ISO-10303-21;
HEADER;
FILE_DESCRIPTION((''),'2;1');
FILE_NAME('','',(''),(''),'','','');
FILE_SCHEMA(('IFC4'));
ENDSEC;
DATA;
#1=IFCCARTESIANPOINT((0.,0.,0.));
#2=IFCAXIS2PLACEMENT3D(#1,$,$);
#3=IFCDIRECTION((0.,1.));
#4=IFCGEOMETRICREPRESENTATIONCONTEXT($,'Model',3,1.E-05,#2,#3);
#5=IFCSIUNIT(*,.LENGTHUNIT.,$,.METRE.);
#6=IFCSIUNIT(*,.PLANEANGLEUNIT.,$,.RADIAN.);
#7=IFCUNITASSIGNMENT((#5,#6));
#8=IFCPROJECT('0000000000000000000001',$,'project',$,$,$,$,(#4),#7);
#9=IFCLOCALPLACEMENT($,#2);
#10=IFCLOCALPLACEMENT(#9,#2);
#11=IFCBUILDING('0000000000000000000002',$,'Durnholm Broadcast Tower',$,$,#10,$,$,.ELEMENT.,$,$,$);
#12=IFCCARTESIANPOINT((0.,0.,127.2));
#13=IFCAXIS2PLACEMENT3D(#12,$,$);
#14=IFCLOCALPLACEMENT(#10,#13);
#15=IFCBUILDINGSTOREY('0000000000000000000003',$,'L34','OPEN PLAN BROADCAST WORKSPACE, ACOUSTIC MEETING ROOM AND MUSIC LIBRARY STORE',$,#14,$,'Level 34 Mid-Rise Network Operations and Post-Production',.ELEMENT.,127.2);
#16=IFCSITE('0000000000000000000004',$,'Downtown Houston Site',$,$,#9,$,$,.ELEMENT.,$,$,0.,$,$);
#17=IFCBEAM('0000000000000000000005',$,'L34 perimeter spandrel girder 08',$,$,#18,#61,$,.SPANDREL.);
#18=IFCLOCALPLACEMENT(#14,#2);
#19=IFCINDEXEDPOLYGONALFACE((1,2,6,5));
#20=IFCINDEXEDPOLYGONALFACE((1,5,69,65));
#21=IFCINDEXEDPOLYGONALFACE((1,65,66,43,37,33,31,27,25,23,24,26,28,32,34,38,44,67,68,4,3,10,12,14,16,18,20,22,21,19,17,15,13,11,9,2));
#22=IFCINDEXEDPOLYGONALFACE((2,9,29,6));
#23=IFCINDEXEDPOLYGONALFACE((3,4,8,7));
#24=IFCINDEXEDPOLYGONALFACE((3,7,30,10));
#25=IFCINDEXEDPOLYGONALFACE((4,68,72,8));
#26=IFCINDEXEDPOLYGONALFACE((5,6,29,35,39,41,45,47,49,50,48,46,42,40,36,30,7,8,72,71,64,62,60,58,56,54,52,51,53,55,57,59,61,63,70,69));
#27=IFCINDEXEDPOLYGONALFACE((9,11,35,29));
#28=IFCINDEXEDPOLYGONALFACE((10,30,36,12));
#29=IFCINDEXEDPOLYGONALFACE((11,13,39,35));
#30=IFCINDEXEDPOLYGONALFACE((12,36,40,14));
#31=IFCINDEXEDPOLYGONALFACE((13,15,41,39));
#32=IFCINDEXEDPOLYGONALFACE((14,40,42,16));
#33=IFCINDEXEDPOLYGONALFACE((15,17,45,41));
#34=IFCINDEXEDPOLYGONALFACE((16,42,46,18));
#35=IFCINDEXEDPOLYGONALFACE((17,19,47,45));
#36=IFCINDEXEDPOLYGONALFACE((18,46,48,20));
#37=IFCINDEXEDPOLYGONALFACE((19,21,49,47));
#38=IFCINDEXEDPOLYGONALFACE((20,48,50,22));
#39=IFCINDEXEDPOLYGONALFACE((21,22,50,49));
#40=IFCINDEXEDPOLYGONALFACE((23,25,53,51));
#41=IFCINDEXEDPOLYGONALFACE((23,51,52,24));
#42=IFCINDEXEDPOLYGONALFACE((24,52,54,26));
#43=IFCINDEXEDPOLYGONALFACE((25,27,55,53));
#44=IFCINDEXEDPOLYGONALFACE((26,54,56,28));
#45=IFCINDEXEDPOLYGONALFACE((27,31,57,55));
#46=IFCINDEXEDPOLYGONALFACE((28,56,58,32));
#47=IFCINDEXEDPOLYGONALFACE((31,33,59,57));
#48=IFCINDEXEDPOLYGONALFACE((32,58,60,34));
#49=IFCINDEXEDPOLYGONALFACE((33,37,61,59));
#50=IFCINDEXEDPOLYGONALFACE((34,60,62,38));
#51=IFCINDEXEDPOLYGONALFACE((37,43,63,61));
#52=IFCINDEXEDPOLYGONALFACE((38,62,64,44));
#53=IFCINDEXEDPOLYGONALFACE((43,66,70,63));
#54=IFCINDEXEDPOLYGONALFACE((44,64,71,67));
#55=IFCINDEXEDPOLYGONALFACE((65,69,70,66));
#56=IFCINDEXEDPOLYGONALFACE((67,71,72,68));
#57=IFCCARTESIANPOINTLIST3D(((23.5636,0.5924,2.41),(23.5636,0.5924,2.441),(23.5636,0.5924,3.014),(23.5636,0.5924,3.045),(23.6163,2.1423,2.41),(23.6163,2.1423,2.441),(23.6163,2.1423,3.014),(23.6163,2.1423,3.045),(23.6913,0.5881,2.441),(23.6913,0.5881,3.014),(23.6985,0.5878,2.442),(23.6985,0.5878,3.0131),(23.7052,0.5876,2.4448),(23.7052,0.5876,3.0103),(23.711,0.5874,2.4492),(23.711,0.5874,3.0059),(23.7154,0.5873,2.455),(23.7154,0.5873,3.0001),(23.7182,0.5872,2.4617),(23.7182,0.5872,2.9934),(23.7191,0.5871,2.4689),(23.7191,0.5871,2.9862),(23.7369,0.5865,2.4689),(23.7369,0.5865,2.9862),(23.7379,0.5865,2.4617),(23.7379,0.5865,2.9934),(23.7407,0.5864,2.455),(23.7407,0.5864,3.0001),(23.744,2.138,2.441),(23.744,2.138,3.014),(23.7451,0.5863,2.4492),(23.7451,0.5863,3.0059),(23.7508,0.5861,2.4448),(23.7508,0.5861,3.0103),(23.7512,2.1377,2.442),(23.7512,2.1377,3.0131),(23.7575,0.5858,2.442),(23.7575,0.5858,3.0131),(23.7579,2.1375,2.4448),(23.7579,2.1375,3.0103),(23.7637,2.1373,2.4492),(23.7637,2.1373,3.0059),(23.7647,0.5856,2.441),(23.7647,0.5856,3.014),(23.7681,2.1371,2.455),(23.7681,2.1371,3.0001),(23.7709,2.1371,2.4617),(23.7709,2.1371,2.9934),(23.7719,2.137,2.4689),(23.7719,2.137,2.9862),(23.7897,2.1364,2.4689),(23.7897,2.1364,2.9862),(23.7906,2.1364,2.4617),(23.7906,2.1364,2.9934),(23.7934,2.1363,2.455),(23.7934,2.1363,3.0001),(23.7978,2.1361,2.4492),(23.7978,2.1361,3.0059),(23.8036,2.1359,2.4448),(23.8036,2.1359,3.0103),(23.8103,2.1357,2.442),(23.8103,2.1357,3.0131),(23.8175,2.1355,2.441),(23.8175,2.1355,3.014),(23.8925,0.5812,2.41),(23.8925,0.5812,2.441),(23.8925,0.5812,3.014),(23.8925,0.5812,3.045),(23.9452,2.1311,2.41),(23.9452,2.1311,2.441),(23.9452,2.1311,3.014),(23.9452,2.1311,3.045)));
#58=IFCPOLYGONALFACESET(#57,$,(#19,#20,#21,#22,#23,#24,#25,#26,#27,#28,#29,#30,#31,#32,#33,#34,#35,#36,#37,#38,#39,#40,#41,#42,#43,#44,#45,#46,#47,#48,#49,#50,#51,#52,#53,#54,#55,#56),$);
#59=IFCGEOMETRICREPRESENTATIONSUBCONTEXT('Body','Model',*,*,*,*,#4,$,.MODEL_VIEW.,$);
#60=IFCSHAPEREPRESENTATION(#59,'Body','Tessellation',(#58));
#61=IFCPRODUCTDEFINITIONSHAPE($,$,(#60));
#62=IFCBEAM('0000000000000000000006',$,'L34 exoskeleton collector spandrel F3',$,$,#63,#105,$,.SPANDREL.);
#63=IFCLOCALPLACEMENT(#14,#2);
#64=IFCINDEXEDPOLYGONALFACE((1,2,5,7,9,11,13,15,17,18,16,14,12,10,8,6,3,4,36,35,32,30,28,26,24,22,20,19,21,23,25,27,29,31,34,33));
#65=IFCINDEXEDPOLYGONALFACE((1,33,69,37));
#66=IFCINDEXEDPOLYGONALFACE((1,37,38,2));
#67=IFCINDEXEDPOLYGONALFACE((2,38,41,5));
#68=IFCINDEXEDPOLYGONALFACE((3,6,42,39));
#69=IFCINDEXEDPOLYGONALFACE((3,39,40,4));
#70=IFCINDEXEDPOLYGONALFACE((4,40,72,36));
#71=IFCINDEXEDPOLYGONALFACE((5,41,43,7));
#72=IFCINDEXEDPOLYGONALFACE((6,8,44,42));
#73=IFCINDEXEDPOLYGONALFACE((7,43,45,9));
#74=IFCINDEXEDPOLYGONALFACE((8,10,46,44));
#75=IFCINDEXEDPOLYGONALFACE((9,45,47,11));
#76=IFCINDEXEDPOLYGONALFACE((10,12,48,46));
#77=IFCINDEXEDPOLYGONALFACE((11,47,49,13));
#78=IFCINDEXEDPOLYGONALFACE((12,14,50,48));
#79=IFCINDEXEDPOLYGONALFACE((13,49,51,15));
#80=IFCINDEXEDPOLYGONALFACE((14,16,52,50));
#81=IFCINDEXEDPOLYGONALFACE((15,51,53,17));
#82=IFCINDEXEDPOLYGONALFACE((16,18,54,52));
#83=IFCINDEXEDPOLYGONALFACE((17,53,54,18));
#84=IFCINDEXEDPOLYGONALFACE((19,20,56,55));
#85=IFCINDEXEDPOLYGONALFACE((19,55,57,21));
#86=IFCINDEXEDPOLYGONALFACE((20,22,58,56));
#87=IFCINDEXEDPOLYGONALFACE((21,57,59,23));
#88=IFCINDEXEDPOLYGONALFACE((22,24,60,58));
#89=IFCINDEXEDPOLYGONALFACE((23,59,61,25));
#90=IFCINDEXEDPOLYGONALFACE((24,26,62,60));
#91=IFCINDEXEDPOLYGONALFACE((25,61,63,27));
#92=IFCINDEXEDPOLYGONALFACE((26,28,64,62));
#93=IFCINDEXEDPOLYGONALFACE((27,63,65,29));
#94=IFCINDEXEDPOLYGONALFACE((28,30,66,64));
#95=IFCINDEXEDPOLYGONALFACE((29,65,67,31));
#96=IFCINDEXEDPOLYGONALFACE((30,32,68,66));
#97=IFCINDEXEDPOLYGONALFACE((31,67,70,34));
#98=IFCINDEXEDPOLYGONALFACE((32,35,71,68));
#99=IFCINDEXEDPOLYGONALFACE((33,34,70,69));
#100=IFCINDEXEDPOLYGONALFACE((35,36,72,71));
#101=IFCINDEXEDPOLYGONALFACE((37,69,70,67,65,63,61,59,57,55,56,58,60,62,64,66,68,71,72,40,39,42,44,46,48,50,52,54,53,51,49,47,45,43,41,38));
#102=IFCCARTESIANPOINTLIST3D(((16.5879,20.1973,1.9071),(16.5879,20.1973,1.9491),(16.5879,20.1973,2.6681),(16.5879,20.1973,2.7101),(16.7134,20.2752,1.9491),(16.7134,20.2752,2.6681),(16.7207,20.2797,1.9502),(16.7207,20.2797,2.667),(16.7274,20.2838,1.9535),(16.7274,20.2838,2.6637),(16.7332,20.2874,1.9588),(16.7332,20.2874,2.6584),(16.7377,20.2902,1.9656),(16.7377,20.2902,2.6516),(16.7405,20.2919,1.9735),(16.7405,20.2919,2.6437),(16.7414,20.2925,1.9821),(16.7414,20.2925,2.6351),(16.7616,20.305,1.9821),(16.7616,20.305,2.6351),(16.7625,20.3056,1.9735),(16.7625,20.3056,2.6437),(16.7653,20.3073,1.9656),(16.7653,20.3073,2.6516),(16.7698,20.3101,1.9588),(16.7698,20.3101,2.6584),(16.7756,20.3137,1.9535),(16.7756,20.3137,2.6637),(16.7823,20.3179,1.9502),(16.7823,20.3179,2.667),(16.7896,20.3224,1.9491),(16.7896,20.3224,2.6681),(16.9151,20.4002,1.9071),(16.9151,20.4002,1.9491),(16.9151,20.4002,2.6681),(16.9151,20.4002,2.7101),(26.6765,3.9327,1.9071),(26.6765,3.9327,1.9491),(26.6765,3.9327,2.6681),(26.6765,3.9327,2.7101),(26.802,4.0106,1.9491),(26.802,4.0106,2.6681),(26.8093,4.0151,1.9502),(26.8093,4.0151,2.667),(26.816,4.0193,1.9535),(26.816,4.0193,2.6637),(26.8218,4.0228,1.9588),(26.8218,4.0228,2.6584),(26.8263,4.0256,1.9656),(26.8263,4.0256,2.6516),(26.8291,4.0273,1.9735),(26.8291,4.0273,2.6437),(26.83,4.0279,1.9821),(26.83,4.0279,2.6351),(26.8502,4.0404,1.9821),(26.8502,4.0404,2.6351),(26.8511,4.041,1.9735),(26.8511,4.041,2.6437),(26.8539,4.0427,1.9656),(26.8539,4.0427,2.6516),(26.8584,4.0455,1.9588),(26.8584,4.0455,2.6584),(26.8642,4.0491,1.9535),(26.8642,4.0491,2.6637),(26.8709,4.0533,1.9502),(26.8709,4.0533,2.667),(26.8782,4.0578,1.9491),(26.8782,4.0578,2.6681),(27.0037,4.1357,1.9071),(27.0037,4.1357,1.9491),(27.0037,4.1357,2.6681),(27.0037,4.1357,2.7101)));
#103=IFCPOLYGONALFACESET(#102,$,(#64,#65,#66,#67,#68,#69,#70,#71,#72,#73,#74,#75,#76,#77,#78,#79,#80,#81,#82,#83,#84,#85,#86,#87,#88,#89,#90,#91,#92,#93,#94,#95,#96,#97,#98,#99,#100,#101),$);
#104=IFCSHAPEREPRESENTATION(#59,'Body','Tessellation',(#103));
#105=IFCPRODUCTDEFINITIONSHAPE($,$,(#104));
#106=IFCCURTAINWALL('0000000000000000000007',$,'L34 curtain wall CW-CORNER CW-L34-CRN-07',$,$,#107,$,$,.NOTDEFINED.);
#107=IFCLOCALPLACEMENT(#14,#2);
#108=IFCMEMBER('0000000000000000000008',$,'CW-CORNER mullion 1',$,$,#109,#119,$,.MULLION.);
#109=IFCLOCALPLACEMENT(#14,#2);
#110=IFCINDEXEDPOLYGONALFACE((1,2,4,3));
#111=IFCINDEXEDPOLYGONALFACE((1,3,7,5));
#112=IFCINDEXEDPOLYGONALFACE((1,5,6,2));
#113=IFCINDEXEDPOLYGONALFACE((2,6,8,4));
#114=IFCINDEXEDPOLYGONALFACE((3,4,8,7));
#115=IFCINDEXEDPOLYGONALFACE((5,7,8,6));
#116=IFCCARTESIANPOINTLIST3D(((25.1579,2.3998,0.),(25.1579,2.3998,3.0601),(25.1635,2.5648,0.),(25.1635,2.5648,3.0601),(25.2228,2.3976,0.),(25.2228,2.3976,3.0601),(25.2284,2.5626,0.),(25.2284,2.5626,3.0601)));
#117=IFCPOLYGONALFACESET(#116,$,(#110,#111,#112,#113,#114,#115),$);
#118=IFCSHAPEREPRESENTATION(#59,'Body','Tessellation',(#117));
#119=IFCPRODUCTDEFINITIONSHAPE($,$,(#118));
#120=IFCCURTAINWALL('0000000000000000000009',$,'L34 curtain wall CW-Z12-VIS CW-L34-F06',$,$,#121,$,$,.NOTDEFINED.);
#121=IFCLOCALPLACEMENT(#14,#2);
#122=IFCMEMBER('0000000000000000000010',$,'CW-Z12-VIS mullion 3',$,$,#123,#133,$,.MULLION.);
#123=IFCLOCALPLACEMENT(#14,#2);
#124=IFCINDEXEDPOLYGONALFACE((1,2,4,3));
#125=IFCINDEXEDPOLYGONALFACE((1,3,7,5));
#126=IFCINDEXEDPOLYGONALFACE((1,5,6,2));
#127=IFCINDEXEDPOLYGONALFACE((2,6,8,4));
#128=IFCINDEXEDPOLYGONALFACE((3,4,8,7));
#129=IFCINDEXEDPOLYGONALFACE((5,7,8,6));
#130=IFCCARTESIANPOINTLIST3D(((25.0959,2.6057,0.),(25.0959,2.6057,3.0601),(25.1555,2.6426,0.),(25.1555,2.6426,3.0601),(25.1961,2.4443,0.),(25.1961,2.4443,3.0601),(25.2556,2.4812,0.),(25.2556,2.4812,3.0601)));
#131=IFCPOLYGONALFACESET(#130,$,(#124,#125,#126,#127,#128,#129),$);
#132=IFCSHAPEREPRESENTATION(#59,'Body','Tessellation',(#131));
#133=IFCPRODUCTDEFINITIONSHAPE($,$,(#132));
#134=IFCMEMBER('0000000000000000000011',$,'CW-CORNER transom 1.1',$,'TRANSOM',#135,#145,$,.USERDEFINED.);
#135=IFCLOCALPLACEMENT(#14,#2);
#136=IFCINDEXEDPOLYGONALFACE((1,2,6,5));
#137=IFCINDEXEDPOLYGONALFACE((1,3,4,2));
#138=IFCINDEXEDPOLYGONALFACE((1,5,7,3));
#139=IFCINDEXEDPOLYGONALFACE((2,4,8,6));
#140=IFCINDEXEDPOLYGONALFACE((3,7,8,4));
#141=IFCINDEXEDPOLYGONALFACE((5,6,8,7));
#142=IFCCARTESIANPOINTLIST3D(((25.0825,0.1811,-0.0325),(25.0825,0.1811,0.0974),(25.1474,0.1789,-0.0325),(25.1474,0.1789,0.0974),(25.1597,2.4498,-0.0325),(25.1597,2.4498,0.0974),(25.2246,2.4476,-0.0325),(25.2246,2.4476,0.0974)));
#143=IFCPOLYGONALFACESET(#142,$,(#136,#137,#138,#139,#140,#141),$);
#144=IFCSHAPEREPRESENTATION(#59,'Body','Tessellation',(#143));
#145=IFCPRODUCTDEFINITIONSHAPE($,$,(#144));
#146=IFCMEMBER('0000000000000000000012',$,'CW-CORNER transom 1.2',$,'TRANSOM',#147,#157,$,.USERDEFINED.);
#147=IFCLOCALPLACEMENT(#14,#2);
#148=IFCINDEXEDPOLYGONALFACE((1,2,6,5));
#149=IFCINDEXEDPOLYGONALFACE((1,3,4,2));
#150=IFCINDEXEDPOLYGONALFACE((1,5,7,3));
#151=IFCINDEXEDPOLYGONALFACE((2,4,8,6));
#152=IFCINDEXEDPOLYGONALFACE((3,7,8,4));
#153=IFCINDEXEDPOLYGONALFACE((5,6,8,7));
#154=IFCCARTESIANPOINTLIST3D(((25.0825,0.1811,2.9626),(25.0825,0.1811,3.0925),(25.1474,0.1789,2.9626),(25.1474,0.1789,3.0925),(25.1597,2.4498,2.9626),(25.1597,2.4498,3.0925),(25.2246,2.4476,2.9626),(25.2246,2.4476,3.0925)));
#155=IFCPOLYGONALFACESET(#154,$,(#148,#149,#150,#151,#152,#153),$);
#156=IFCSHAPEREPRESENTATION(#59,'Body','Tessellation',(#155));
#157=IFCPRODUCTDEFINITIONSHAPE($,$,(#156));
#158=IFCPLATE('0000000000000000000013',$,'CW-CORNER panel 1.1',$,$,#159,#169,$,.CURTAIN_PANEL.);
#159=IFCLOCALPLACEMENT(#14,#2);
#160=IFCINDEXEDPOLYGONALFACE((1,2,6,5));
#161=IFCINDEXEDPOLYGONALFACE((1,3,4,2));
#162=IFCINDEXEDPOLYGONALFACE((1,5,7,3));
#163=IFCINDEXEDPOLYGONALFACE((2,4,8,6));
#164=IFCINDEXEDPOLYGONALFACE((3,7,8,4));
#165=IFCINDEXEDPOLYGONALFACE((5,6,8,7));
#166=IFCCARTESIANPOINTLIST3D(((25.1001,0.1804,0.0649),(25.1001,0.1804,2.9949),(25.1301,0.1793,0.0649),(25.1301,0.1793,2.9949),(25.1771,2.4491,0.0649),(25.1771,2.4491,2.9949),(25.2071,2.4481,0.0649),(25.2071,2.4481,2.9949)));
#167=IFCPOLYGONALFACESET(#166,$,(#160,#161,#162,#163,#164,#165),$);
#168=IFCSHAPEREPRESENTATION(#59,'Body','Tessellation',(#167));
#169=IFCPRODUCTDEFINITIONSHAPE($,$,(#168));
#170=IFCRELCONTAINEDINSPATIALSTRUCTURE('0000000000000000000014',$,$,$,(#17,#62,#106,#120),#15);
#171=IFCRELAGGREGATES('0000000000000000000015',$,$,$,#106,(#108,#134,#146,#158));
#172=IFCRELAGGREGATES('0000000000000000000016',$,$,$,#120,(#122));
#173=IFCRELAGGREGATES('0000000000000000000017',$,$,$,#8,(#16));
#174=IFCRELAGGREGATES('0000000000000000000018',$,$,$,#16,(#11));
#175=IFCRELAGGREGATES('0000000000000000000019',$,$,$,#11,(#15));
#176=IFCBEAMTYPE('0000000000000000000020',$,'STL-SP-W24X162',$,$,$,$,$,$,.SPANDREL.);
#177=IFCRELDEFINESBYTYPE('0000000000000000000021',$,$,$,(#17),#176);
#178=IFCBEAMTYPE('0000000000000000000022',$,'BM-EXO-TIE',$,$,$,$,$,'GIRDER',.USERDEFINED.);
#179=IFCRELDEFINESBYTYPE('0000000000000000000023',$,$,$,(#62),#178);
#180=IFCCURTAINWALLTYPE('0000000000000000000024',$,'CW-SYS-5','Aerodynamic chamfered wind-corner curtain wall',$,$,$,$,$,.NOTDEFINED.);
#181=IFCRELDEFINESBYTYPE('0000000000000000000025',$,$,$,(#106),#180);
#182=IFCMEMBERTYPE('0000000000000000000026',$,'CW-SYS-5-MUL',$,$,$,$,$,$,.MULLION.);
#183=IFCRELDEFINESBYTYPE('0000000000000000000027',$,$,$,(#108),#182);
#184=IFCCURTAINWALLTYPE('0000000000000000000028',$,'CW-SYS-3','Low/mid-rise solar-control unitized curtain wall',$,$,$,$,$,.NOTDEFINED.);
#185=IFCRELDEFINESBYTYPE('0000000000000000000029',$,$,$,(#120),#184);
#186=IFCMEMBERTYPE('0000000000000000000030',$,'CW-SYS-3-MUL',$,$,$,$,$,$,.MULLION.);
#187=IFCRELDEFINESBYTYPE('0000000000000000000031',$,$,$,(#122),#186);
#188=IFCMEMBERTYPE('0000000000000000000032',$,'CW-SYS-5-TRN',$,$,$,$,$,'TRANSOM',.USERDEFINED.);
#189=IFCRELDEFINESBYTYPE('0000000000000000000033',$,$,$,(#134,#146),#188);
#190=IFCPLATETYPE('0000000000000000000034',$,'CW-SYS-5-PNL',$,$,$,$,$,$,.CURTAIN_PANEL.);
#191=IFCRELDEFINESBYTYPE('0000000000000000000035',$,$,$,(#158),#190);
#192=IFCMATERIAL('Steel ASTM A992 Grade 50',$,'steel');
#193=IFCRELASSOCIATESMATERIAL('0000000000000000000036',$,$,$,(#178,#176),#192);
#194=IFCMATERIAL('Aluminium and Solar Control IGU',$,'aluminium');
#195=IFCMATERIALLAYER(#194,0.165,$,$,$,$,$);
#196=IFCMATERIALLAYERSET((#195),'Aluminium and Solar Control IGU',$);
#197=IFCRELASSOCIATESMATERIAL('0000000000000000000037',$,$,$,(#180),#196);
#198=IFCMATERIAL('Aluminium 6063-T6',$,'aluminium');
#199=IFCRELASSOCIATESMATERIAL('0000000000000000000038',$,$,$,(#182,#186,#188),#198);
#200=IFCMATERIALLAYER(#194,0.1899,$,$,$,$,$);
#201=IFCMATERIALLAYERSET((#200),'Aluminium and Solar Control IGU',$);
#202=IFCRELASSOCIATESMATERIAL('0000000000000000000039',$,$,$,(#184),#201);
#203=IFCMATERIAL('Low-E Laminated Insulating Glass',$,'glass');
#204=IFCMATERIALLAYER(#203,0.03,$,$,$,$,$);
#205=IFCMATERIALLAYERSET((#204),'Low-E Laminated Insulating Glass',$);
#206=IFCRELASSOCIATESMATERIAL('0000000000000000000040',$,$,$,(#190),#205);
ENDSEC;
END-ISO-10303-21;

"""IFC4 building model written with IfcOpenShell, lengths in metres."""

from ifc_helpers import new_model, si_unit, direction, frame, origin, origin_2d, place, context, subcontext, project, spatial, rectangle, i_section, extrude, source, transform, mapped, material, layer, layer_set, material_profile, profile_set, type_object, type_shapes, element, aggregate, save


model = new_model("IFC4")

# Units and contexts
model_context = context("Model", 3, precision=1e-05, world=origin(), true_north=direction((0.0, 1.0)))
body_context = subcontext(model_context, "Body", "Model", "MODEL_VIEW")
ifc_project = project(units=[si_unit("LENGTHUNIT", "METRE"), si_unit("PLANEANGLEUNIT", "RADIAN")], contexts=[model_context])

# Site, building, storey
site_placement = place(None, origin())
site = spatial("IfcSite", under=ifc_project, at=site_placement, Name="Downtown Houston Site", CompositionType="ELEMENT", RefElevation=0.0)
building_placement = place(site_placement, origin())
building = spatial("IfcBuilding", under=site, at=building_placement, Name="Durnholm Broadcast Tower", CompositionType="ELEMENT")
storey_placement = place(building_placement, frame((0.0, 0.0, 127.2)))
storey = spatial("IfcBuildingStorey", under=building, at=storey_placement, Name="L34", Description="OPEN PLAN BROADCAST WORKSPACE, ACOUSTIC MEETING ROOM AND MUSIC LIBRARY STORE", LongName="Level 34 Mid-Rise Network Operations and Post-Production", CompositionType="ELEMENT", Elevation=127.2)

# Beams
ifc_material_1 = material(Name="Steel ASTM A992 Grade 50", Category="steel")
ifc_material_profile_1 = material_profile(ifc_material_1, i_section(OverallWidth=0.385, OverallDepth=0.803, WebThickness=0.0237, FlangeThickness=0.042, FilletRadius=0.033, at=origin_2d()), Name="W30X261")
ifc_profile_set_1 = profile_set([ifc_material_profile_1], Name="Steel ASTM A992 Grade 50")
beam_type_1 = type_object("IfcBeamType", Name="BM-EXO-TIE", ElementType="GIRDER", PredefinedType="USERDEFINED", material=ifc_profile_set_1)
ifc_material_profile_2 = material_profile(ifc_material_1, i_section(OverallWidth=0.3291, OverallDepth=0.635, WebThickness=0.0178, FlangeThickness=0.031, FilletRadius=0.0278, at=origin_2d()), Name="W24X162")
ifc_profile_set_2 = profile_set([ifc_material_profile_2], Name="Steel ASTM A992 Grade 50")
beam_type_2 = type_object("IfcBeamType", Name="STL-SP-W24X162", PredefinedType="SPANDREL", material=ifc_profile_set_2)
shared_shape_1 = source(origin(), body_context, "Body", "SweptSolid", [
    extrude(i_section(OverallWidth=0.3291, OverallDepth=0.635, WebThickness=0.0178, FlangeThickness=0.031, FilletRadius=0.0278, at=origin_2d()), origin(), (0.0, 0.0, 1.0), 1.5508),
])
beam_1_placement = place(storey_placement, frame((23.7808, 2.1367, 2.7275), z_axis=(-0.034007, -0.999422, 0.0), x_axis=(0.999422, -0.034007, 0.0)))
element("IfcBeam", 1, at=beam_1_placement, inside=storey, type_object=beam_type_2, Name="L34 perimeter spandrel girder 08", PredefinedType="SPANDREL", context=body_context, shape_type="MappedRepresentation", body=[
    mapped(shared_shape_1, transform((0.0, 0.0, 0.0), x_axis=(1.0, 0.0, 0.0), y_axis=(0.0, 1.0, 0.0), z_axis=(0.0, 0.0, 1.0), scale=1.0)),
])
shared_shape_2 = source(origin(), body_context, "Body", "SweptSolid", [
    extrude(i_section(OverallWidth=0.385, OverallDepth=0.803, WebThickness=0.0237, FlangeThickness=0.042, FilletRadius=0.033, at=origin_2d()), origin(), (0.0, 0.0, 1.0), 19.1394),
])
beam_2_placement = place(storey_placement, frame((26.8401, 4.0342, 2.3086), z_axis=(-0.527111, 0.849796, 0.0), x_axis=(-0.849796, -0.527111, 0.0)))
element("IfcBeam", 2, at=beam_2_placement, inside=storey, type_object=beam_type_1, Name="L34 exoskeleton collector spandrel F3", PredefinedType="SPANDREL", context=body_context, shape_type="MappedRepresentation", body=[
    mapped(shared_shape_2, transform((0.0, 0.0, 0.0), x_axis=(1.0, 0.0, 0.0), y_axis=(0.0, 1.0, 0.0), z_axis=(0.0, 0.0, 1.0), scale=1.0)),
])

# Curtain walls, members
ifc_material_2 = material(Name="Aluminium and Solar Control IGU", Category="aluminium")
ifc_layer_1 = layer(ifc_material_2, 0.165)
ifc_layer_set_1 = layer_set([ifc_layer_1], Name="Aluminium and Solar Control IGU")
curtain_wall_type_1 = type_object("IfcCurtainWallType", Name="CW-SYS-5", Description="Aerodynamic chamfered wind-corner curtain wall", PredefinedType="NOTDEFINED", material=ifc_layer_set_1)
curtain_wall_1_placement = place(storey_placement, origin())
curtain_wall_1 = element("IfcCurtainWall", 3, at=curtain_wall_1_placement, inside=storey, type_object=curtain_wall_type_1, Name="L34 curtain wall CW-CORNER CW-L34-CRN-07", PredefinedType="NOTDEFINED")
ifc_material_3 = material(Name="Aluminium 6063-T6", Category="aluminium")
ifc_material_profile_3 = material_profile(ifc_material_3, rectangle(XDim=0.0649, YDim=0.165, at=origin_2d()), Name="CWM65X165")
ifc_profile_set_3 = profile_set([ifc_material_profile_3], Name="Aluminium 6063-T6")
member_type_1 = type_object("IfcMemberType", Name="CW-SYS-5-MUL", PredefinedType="MULLION", material=ifc_profile_set_3)
shared_shape_3 = source(origin(), body_context, "Body", "SweptSolid", [
    extrude(rectangle(XDim=0.0649, YDim=0.165, at=origin_2d()), origin(), (0.0, 0.0, 1.0), 3.0601),
])
type_shapes(member_type_1, [shared_shape_3])
member_1_placement = place(storey_placement, frame((25.1931, 2.4812, 0.0), z_axis=(0.0, 0.0, 1.0), x_axis=(0.999425, -0.033917, 0.0)))
member_1 = element("IfcMember", 4, at=member_1_placement, type_object=member_type_1, Name="CW-CORNER mullion 1", PredefinedType="MULLION", context=body_context, shape_type="MappedRepresentation", body=[
    mapped(shared_shape_3, transform((0.0, 0.0, 0.0), x_axis=(1.0, 0.0, 0.0), y_axis=(0.0, 1.0, 0.0), z_axis=(0.0, 0.0, 1.0), scale=1.0)),
])
ifc_layer_2 = layer(ifc_material_2, 0.1899)
ifc_layer_set_2 = layer_set([ifc_layer_2], Name="Aluminium and Solar Control IGU")
curtain_wall_type_2 = type_object("IfcCurtainWallType", Name="CW-SYS-3", Description="Low/mid-rise solar-control unitized curtain wall", PredefinedType="NOTDEFINED", material=ifc_layer_set_2)
curtain_wall_2_placement = place(storey_placement, origin())
curtain_wall_2 = element("IfcCurtainWall", 5, at=curtain_wall_2_placement, inside=storey, type_object=curtain_wall_type_2, Name="L34 curtain wall CW-Z12-VIS CW-L34-F06", PredefinedType="NOTDEFINED")
ifc_material_profile_4 = material_profile(ifc_material_3, rectangle(XDim=0.0701, YDim=0.1899, at=origin_2d()), Name="CWM70X190")
ifc_profile_set_4 = profile_set([ifc_material_profile_4], Name="Aluminium 6063-T6")
member_type_2 = type_object("IfcMemberType", Name="CW-SYS-3-MUL", PredefinedType="MULLION", material=ifc_profile_set_4)
shared_shape_4 = source(origin(), body_context, "Body", "SweptSolid", [
    extrude(rectangle(XDim=0.0701, YDim=0.1899, at=origin_2d()), origin(), (0.0, 0.0, 1.0), 3.0601),
])
type_shapes(member_type_2, [shared_shape_4])
member_2_placement = place(storey_placement, frame((25.1758, 2.5435, 0.0), z_axis=(0.0, 0.0, 1.0), x_axis=(0.8498, 0.527105, 0.0)))
member_2 = element("IfcMember", 6, at=member_2_placement, type_object=member_type_2, Name="CW-Z12-VIS mullion 3", PredefinedType="MULLION", context=body_context, shape_type="MappedRepresentation", body=[
    mapped(shared_shape_4, transform((0.0, 0.0, 0.0), x_axis=(1.0, 0.0, 0.0), y_axis=(0.0, 1.0, 0.0), z_axis=(0.0, 0.0, 1.0), scale=1.0)),
])

# Members
ifc_material_profile_5 = material_profile(ifc_material_3, rectangle(XDim=0.0649, YDim=0.1299, at=origin_2d()), Name="CWT65X130")
ifc_profile_set_5 = profile_set([ifc_material_profile_5], Name="Aluminium 6063-T6")
member_type_3 = type_object("IfcMemberType", Name="CW-SYS-5-TRN", ElementType="TRANSOM", PredefinedType="USERDEFINED", material=ifc_profile_set_5)
shared_shape_5 = source(origin(), body_context, "Body", "SweptSolid", [
    extrude(rectangle(XDim=0.0649, YDim=0.1299, at=origin_2d()), origin(), (0.0, 0.0, 1.0), 2.27),
])
type_shapes(member_type_3, [shared_shape_5])
member_3_placement = place(storey_placement, frame((25.1921, 2.4487, 0.0325), z_axis=(-0.033984, -0.999422, 0.0), x_axis=(0.999422, -0.033984, 0.0)))
member_3 = element("IfcMember", 7, at=member_3_placement, type_object=member_type_3, Name="CW-CORNER transom 1.1", ObjectType="TRANSOM", PredefinedType="USERDEFINED", context=body_context, shape_type="MappedRepresentation", body=[
    mapped(shared_shape_5, transform((0.0, 0.0, 0.0), x_axis=(1.0, 0.0, 0.0), y_axis=(0.0, 1.0, 0.0), z_axis=(0.0, 0.0, 1.0), scale=1.0)),
])
member_4_placement = place(storey_placement, frame((25.1921, 2.4487, 3.0276), z_axis=(-0.033984, -0.999422, 0.0), x_axis=(0.999422, -0.033984, 0.0)))
member_4 = element("IfcMember", 8, at=member_4_placement, type_object=member_type_3, Name="CW-CORNER transom 1.2", ObjectType="TRANSOM", PredefinedType="USERDEFINED", context=body_context, shape_type="MappedRepresentation", body=[
    mapped(shared_shape_5, transform((0.0, 0.0, 0.0), x_axis=(1.0, 0.0, 0.0), y_axis=(0.0, 1.0, 0.0), z_axis=(0.0, 0.0, 1.0), scale=1.0)),
])

# Plate
ifc_material_4 = material(Name="Low-E Laminated Insulating Glass", Category="glass")
ifc_layer_3 = layer(ifc_material_4, 0.03)
ifc_layer_set_3 = layer_set([ifc_layer_3], Name="Low-E Laminated Insulating Glass")
plate_type_1 = type_object("IfcPlateType", Name="CW-SYS-5-PNL", PredefinedType="CURTAIN_PANEL", material=ifc_layer_set_3)
shared_shape_6 = source(origin(), body_context, "Body", "SweptSolid", [
    extrude(rectangle(XDim=2.27, YDim=0.03, at=origin_2d()), origin(), (0.0, 0.0, 1.0), 2.9299),
])
type_shapes(plate_type_1, [shared_shape_6])
plate_1_placement = place(storey_placement, frame((25.1536, 1.3142, 0.0649), z_axis=(0.0, 0.0, 1.0), x_axis=(-0.033917, -0.999425, 0.0)))
plate_1 = element("IfcPlate", 9, at=plate_1_placement, type_object=plate_type_1, Name="CW-CORNER panel 1.1", PredefinedType="CURTAIN_PANEL", context=body_context, shape_type="MappedRepresentation", body=[
    mapped(shared_shape_6, transform((0.0, 0.0, 0.0), x_axis=(1.0, 0.0, 0.0), y_axis=(0.0, 1.0, 0.0), z_axis=(0.0, 0.0, 1.0), scale=1.0)),
])
aggregate(curtain_wall_1, [member_1, member_3, member_4, plate_1])
aggregate(curtain_wall_2, [member_2])

save(model, "model.ifc")
